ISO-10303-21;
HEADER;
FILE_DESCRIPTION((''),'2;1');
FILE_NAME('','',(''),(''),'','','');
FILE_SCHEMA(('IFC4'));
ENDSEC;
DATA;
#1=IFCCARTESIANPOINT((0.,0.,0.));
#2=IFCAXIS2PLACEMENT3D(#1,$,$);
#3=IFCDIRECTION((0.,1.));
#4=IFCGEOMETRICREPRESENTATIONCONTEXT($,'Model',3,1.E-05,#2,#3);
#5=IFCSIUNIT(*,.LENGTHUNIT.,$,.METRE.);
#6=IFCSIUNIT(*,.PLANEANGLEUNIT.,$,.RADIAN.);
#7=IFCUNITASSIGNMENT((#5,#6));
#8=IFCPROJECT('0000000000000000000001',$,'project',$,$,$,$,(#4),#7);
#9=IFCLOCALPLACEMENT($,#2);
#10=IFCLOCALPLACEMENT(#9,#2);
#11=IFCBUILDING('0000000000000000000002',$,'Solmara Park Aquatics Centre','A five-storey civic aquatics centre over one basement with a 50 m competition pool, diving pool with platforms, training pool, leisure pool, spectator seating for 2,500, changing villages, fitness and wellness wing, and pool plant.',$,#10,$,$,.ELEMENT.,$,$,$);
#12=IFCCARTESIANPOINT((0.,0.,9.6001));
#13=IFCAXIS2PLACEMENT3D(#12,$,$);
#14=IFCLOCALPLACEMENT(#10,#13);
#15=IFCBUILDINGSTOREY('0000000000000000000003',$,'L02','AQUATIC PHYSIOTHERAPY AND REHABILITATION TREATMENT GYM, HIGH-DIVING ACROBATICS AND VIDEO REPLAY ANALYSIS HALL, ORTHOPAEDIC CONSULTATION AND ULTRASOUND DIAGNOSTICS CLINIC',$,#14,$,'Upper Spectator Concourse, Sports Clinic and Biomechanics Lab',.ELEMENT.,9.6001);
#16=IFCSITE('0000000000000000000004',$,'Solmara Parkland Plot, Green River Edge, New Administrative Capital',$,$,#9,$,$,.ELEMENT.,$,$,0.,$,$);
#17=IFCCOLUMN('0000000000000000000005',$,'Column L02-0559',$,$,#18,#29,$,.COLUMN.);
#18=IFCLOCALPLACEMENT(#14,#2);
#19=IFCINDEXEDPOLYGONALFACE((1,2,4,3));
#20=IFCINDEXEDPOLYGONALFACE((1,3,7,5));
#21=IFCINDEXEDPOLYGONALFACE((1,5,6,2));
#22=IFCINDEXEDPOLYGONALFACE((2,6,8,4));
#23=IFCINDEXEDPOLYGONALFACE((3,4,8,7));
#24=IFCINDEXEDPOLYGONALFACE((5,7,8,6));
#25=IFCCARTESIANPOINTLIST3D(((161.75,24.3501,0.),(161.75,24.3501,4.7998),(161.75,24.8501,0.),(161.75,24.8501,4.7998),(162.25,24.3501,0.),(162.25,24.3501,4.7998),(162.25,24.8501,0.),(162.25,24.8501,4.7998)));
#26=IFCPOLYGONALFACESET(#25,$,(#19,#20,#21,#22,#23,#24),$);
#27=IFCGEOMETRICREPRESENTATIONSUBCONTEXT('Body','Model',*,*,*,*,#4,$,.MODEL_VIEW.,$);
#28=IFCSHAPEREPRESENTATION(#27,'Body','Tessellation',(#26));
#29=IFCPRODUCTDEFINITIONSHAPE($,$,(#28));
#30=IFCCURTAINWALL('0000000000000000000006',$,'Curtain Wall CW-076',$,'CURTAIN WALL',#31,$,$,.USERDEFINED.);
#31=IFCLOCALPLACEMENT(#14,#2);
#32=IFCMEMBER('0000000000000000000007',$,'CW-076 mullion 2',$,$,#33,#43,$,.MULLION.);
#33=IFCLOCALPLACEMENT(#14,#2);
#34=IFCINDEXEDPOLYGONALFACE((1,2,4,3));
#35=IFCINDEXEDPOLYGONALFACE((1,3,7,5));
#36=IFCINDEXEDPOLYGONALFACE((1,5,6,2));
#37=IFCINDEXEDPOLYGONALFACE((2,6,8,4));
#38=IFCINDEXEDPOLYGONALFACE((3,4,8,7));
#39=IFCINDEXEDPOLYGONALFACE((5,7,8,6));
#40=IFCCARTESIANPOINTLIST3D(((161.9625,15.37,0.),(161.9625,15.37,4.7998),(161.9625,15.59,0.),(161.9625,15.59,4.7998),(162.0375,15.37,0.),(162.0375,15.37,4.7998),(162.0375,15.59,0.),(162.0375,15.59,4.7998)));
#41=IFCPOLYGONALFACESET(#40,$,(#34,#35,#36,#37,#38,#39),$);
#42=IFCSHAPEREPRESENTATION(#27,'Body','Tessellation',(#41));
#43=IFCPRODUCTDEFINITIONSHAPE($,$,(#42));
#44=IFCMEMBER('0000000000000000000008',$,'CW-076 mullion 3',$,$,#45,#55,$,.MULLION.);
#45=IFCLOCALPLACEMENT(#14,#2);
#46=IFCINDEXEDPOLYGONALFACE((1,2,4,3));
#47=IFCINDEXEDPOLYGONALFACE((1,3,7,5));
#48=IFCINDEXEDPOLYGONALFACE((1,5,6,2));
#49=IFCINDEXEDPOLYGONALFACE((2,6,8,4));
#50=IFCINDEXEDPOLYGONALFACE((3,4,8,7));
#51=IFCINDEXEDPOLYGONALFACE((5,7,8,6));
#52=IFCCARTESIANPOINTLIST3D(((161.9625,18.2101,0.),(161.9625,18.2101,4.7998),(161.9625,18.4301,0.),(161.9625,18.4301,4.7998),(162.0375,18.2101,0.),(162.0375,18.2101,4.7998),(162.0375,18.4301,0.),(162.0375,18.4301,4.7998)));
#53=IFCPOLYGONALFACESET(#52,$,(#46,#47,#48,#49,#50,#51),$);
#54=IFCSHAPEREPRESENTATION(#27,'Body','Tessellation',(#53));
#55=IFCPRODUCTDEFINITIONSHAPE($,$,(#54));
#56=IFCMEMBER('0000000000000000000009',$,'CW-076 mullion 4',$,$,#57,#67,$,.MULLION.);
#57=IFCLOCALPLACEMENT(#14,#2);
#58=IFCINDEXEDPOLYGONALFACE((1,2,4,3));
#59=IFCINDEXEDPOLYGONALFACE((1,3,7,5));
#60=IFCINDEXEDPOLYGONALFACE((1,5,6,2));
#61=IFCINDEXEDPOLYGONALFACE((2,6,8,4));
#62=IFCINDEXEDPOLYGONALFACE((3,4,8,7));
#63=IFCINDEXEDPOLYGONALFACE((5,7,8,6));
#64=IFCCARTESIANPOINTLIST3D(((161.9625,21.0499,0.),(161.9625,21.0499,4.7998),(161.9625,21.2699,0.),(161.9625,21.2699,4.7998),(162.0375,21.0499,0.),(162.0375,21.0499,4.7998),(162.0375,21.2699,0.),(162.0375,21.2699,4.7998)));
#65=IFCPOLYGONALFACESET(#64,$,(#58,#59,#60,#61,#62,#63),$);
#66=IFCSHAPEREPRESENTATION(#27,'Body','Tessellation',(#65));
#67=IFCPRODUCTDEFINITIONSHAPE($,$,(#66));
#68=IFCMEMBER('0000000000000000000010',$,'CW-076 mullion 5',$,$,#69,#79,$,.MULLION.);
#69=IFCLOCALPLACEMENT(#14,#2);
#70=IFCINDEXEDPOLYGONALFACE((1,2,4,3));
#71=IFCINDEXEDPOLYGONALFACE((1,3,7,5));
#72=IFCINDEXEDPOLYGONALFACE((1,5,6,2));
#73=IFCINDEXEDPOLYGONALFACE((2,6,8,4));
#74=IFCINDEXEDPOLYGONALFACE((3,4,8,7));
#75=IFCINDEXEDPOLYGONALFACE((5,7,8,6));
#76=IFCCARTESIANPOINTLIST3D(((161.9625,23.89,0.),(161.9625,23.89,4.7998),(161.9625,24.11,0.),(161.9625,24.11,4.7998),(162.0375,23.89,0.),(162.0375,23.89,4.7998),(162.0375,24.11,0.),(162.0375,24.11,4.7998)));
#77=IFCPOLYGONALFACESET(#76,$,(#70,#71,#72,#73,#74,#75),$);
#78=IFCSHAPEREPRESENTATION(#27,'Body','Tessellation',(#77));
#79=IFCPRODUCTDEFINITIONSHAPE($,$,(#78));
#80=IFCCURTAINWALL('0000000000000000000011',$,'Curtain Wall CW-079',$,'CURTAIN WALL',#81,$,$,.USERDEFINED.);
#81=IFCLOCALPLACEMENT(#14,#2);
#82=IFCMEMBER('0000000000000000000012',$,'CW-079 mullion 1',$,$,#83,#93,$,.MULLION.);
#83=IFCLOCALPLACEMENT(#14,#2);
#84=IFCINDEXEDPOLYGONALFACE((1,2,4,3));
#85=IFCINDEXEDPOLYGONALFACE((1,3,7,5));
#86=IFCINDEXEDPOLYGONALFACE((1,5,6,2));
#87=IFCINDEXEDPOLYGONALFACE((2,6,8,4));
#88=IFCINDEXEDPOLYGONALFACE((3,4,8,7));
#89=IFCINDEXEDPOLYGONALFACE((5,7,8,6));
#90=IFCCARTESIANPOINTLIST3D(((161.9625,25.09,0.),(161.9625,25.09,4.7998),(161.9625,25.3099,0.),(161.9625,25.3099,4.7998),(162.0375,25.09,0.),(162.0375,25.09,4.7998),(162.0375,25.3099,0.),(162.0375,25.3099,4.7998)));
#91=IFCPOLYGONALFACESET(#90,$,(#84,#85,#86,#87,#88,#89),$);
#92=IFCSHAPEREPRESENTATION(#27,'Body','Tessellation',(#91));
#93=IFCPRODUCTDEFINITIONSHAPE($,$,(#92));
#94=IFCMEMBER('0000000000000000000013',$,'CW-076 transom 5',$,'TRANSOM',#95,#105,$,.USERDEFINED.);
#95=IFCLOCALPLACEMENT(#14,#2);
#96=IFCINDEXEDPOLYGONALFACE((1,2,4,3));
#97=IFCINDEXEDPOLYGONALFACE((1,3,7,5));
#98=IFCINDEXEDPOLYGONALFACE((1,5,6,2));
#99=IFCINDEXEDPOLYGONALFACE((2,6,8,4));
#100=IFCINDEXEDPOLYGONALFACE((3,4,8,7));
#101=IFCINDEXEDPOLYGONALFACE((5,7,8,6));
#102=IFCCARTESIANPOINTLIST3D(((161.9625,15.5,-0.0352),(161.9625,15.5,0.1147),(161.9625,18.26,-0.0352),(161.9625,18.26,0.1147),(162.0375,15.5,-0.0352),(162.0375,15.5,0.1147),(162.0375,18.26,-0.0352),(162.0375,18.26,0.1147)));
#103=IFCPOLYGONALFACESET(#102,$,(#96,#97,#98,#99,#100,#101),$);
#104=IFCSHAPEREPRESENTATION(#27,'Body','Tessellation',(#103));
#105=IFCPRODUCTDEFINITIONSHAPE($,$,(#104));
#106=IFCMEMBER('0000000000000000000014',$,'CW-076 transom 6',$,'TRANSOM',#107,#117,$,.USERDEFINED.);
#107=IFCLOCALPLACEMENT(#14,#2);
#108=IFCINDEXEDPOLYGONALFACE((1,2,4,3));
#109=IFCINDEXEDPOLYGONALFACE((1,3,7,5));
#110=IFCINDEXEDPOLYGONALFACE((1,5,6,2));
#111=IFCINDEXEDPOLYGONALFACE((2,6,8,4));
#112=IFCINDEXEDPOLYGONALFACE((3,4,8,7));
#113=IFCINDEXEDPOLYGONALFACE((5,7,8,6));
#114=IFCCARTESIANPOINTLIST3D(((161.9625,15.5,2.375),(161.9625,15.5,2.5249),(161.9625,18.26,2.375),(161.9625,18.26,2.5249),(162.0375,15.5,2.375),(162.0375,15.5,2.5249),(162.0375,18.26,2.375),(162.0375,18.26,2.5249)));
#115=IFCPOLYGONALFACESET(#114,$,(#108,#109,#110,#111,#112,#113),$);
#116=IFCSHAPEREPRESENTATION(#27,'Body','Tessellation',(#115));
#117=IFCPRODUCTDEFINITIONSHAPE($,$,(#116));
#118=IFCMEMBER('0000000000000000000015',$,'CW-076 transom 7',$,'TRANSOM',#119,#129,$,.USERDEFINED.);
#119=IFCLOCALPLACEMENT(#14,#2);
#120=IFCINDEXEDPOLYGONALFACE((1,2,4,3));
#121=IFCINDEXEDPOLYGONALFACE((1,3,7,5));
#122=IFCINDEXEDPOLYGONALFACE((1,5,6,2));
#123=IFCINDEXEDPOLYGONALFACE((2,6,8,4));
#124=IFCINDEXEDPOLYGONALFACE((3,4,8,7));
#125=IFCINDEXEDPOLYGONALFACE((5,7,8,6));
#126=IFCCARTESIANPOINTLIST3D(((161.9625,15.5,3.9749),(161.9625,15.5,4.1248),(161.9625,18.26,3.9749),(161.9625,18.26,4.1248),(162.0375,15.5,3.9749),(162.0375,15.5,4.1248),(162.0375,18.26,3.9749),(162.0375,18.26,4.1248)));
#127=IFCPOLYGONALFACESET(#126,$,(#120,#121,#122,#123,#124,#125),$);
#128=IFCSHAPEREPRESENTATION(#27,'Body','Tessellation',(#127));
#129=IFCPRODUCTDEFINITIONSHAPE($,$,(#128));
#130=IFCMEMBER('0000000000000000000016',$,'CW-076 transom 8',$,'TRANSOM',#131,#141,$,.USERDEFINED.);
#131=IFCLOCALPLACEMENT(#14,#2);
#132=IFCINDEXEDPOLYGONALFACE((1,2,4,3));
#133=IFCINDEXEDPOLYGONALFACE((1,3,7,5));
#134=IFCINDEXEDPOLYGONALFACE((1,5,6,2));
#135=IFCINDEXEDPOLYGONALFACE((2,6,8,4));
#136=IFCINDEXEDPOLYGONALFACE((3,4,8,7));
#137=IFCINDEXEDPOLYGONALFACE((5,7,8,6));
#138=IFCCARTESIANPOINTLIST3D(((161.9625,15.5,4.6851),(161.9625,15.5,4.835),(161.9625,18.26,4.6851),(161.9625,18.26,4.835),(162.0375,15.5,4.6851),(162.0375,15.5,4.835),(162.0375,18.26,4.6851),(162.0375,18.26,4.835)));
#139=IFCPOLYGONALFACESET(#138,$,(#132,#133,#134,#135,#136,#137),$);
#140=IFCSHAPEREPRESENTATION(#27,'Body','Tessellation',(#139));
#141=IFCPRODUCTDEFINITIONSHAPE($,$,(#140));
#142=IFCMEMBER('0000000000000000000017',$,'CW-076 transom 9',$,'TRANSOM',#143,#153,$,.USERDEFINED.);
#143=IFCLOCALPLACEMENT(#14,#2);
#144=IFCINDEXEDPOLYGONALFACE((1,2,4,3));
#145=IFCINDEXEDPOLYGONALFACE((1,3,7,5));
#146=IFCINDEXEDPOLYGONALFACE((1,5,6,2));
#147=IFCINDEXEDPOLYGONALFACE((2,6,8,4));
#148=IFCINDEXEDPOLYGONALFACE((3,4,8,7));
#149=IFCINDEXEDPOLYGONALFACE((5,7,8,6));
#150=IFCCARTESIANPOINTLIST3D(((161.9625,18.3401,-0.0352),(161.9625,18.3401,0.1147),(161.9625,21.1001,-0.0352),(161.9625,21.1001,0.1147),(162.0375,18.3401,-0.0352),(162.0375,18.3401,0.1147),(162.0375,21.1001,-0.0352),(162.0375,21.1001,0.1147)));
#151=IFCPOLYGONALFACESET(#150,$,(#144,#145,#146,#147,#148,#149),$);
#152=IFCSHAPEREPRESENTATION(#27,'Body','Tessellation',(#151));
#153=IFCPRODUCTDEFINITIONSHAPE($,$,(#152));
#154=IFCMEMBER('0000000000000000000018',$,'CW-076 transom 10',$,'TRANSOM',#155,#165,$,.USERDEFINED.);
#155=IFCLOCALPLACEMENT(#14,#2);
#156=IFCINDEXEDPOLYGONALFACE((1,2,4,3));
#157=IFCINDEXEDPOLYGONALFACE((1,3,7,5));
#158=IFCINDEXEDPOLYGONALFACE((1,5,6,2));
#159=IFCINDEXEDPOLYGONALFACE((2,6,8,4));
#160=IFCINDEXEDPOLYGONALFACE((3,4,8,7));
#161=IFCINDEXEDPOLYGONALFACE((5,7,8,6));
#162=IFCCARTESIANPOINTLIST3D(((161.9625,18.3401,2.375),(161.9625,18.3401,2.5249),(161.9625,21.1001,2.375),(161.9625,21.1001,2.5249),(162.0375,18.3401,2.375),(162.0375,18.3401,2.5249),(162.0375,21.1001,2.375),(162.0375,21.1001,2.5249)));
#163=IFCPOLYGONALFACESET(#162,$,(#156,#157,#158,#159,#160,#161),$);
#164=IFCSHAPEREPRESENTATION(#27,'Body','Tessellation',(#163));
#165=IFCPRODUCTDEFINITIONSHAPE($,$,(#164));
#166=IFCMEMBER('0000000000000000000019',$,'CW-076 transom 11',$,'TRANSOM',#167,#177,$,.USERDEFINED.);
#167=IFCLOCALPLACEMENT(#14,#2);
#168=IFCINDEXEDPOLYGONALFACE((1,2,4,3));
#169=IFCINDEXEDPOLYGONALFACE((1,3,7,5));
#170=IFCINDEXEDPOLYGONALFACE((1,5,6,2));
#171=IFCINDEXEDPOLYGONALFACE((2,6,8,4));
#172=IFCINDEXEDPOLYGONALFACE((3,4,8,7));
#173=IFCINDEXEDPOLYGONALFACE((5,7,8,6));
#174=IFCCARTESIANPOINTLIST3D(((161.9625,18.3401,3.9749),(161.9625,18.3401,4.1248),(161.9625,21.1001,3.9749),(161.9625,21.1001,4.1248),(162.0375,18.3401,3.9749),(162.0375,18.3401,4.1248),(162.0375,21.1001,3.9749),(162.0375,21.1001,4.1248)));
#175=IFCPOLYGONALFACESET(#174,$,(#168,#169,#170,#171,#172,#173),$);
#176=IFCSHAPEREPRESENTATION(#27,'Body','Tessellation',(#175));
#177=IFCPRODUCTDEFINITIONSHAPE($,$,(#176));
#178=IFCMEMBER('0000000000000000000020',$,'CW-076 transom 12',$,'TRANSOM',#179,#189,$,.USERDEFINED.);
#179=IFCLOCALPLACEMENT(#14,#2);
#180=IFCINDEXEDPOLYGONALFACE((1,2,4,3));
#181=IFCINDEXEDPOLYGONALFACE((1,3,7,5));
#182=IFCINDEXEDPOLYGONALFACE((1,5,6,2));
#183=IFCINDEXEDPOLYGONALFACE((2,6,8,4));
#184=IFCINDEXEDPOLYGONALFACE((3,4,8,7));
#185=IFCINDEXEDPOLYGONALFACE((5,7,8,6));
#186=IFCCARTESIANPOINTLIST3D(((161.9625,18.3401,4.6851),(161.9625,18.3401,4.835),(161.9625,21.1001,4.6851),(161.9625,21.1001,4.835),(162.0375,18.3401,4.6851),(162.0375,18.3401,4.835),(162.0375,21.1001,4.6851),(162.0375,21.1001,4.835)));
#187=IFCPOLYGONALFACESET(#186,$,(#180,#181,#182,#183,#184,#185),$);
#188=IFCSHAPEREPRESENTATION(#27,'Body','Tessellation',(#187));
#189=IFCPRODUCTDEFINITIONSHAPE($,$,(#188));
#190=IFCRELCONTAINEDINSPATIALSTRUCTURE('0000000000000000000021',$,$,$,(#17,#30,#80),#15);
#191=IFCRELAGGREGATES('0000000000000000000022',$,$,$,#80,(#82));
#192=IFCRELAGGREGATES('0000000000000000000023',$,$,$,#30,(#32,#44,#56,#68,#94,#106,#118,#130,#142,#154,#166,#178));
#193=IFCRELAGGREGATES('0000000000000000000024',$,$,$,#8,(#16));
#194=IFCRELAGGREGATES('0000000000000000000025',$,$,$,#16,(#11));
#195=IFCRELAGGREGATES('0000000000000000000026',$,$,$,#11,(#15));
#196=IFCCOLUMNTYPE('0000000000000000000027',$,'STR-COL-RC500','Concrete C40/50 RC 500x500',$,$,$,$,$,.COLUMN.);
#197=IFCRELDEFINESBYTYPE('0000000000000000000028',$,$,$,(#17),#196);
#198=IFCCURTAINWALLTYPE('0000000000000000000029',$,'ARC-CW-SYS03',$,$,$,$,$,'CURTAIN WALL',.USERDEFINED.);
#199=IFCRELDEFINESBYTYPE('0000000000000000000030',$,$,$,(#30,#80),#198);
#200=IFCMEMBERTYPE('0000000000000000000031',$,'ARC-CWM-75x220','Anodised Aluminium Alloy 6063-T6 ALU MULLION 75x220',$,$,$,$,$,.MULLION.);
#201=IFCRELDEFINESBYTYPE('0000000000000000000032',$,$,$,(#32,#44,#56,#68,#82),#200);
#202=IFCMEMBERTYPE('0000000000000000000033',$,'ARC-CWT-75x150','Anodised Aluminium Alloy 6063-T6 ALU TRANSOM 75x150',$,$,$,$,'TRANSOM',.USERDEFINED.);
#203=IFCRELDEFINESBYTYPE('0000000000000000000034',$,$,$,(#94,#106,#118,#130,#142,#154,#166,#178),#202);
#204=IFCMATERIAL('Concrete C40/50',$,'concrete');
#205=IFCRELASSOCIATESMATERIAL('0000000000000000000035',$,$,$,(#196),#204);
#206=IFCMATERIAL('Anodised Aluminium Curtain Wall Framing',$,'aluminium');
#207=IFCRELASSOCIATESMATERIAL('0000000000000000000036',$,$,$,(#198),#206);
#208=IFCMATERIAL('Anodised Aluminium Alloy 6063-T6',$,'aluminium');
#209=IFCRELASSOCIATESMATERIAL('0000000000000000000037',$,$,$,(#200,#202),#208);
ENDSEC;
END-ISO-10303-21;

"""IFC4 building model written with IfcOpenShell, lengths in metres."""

from ifc_helpers import new_model, si_unit, direction, frame, origin, origin_2d, place, context, subcontext, project, spatial, rectangle, extrude, material, material_profile, profile_set, type_object, element, aggregate, save


model = new_model("IFC4")

# Units and contexts
model_context = context("Model", 3, precision=1e-05, world=origin(), true_north=direction((0.0, 1.0)))
body_context = subcontext(model_context, "Body", "Model", "MODEL_VIEW")
ifc_project = project(units=[si_unit("LENGTHUNIT", "METRE"), si_unit("PLANEANGLEUNIT", "RADIAN")], contexts=[model_context])

# Site, building, storey
site_placement = place(None, origin())
site = spatial("IfcSite", under=ifc_project, at=site_placement, Name="Solmara Parkland Plot, Green River Edge, New Administrative Capital", CompositionType="ELEMENT", RefElevation=0.0)
building_placement = place(site_placement, origin())
building = spatial("IfcBuilding", under=site, at=building_placement, Name="Solmara Park Aquatics Centre", Description="A five-storey civic aquatics centre over one basement with a 50 m competition pool, diving pool with platforms, training pool, leisure pool, spectator seating for 2,500, changing villages, fitness and wellness wing, and pool plant.", CompositionType="ELEMENT")
storey_placement = place(building_placement, frame((0.0, 0.0, 9.6001)))
storey = spatial("IfcBuildingStorey", under=building, at=storey_placement, Name="L02", Description="AQUATIC PHYSIOTHERAPY AND REHABILITATION TREATMENT GYM, HIGH-DIVING ACROBATICS AND VIDEO REPLAY ANALYSIS HALL, ORTHOPAEDIC CONSULTATION AND ULTRASOUND DIAGNOSTICS CLINIC", LongName="Upper Spectator Concourse, Sports Clinic and Biomechanics Lab", CompositionType="ELEMENT", Elevation=9.6001)

# Column
ifc_material_1 = material(Name="Concrete C40/50", Category="concrete")
ifc_material_profile_1 = material_profile(ifc_material_1, rectangle(XDim=0.5, YDim=0.5, at=origin_2d()), Name="RC 500x500")
ifc_profile_set_1 = profile_set([ifc_material_profile_1], Name="Concrete C40/50")
column_type = type_object("IfcColumnType", Name="STR-COL-RC500", Description="Concrete C40/50 RC 500x500", PredefinedType="COLUMN", material=ifc_profile_set_1)
column_placement = place(storey_placement, frame((162.0, 24.6001, 0.0), z_axis=(0.0, 0.0, 1.0), x_axis=(1.0, 0.0, 0.0)))
element("IfcColumn", 1, at=column_placement, inside=storey, type_object=column_type, Name="Column L02-0559", PredefinedType="COLUMN", context=body_context, shape_type="SweptSolid", body=[
    extrude(rectangle(XDim=0.5, YDim=0.5, at=origin_2d()), origin(), (0.0, 0.0, 1.0), 4.7998),
])

# Curtain wall, members
ifc_material_2 = material(Name="Anodised Aluminium Curtain Wall Framing", Category="aluminium")
curtain_wall_type = type_object("IfcCurtainWallType", Name="ARC-CW-SYS03", ElementType="CURTAIN WALL", PredefinedType="USERDEFINED", material=ifc_material_2)
curtain_wall_1_placement = place(storey_placement, origin())
curtain_wall_1 = element("IfcCurtainWall", 2, at=curtain_wall_1_placement, inside=storey, type_object=curtain_wall_type, Name="Curtain Wall CW-076", ObjectType="CURTAIN WALL", PredefinedType="USERDEFINED")
ifc_material_3 = material(Name="Anodised Aluminium Alloy 6063-T6", Category="aluminium")
ifc_material_profile_2 = material_profile(ifc_material_3, rectangle(XDim=0.075, YDim=0.22, at=origin_2d()), Name="ALU MULLION 75x220")
ifc_profile_set_2 = profile_set([ifc_material_profile_2], Name="Anodised Aluminium Alloy 6063-T6")
member_type_1 = type_object("IfcMemberType", Name="ARC-CWM-75x220", Description="Anodised Aluminium Alloy 6063-T6 ALU MULLION 75x220", PredefinedType="MULLION", material=ifc_profile_set_2)
member_1_placement = place(storey_placement, frame((162.0, 15.48, 0.0), z_axis=(0.0, 0.0, 1.0), x_axis=(1.0, 0.0, 0.0)))
member_1 = element("IfcMember", 3, at=member_1_placement, type_object=member_type_1, Name="CW-076 mullion 2", PredefinedType="MULLION", context=body_context, shape_type="SweptSolid", body=[
    extrude(rectangle(XDim=0.075, YDim=0.22, at=origin_2d()), origin(), (0.0, 0.0, 1.0), 4.7998),
])
member_2_placement = place(storey_placement, frame((162.0, 18.3201, 0.0), z_axis=(0.0, 0.0, 1.0), x_axis=(1.0, 0.0, 0.0)))
member_2 = element("IfcMember", 4, at=member_2_placement, type_object=member_type_1, Name="CW-076 mullion 3", PredefinedType="MULLION", context=body_context, shape_type="SweptSolid", body=[
    extrude(rectangle(XDim=0.075, YDim=0.22, at=origin_2d()), origin(), (0.0, 0.0, 1.0), 4.7998),
])
member_3_placement = place(storey_placement, frame((162.0, 21.1599, 0.0), z_axis=(0.0, 0.0, 1.0), x_axis=(1.0, 0.0, 0.0)))
member_3 = element("IfcMember", 5, at=member_3_placement, type_object=member_type_1, Name="CW-076 mullion 4", PredefinedType="MULLION", context=body_context, shape_type="SweptSolid", body=[
    extrude(rectangle(XDim=0.075, YDim=0.22, at=origin_2d()), origin(), (0.0, 0.0, 1.0), 4.7998),
])
member_4_placement = place(storey_placement, frame((162.0, 24.0, 0.0), z_axis=(0.0, 0.0, 1.0), x_axis=(1.0, 0.0, 0.0)))
member_4 = element("IfcMember", 6, at=member_4_placement, type_object=member_type_1, Name="CW-076 mullion 5", PredefinedType="MULLION", context=body_context, shape_type="SweptSolid", body=[
    extrude(rectangle(XDim=0.075, YDim=0.22, at=origin_2d()), origin(), (0.0, 0.0, 1.0), 4.7998),
])

# Curtain wall, member
curtain_wall_2_placement = place(storey_placement, origin())
curtain_wall_2 = element("IfcCurtainWall", 7, at=curtain_wall_2_placement, inside=storey, type_object=curtain_wall_type, Name="Curtain Wall CW-079", ObjectType="CURTAIN WALL", PredefinedType="USERDEFINED")
member_5_placement = place(storey_placement, frame((162.0, 25.2, 0.0), z_axis=(0.0, 0.0, 1.0), x_axis=(1.0, 0.0, 0.0)))
member_5 = element("IfcMember", 8, at=member_5_placement, type_object=member_type_1, Name="CW-079 mullion 1", PredefinedType="MULLION", context=body_context, shape_type="SweptSolid", body=[
    extrude(rectangle(XDim=0.075, YDim=0.22, at=origin_2d()), origin(), (0.0, 0.0, 1.0), 4.7998),
])

# Members
ifc_material_profile_3 = material_profile(ifc_material_3, rectangle(XDim=0.075, YDim=0.1499, at=origin_2d()), Name="ALU TRANSOM 75x150")
ifc_profile_set_3 = profile_set([ifc_material_profile_3], Name="Anodised Aluminium Alloy 6063-T6")
member_type_2 = type_object("IfcMemberType", Name="ARC-CWT-75x150", Description="Anodised Aluminium Alloy 6063-T6 ALU TRANSOM 75x150", ElementType="TRANSOM", PredefinedType="USERDEFINED", material=ifc_profile_set_3)
member_6_placement = place(storey_placement, frame((162.0, 15.5, 0.0398), z_axis=(0.0, 1.0, 0.0), x_axis=(-1.0, 0.0, 0.0)))
member_6 = element("IfcMember", 9, at=member_6_placement, type_object=member_type_2, Name="CW-076 transom 5", ObjectType="TRANSOM", PredefinedType="USERDEFINED", context=body_context, shape_type="SweptSolid", body=[
    extrude(rectangle(XDim=0.075, YDim=0.1499, at=origin_2d()), origin(), (0.0, 0.0, 1.0), 2.76),
])
member_7_placement = place(storey_placement, frame((162.0, 15.5, 2.45), z_axis=(0.0, 1.0, 0.0), x_axis=(-1.0, 0.0, 0.0)))
member_7 = element("IfcMember", 10, at=member_7_placement, type_object=member_type_2, Name="CW-076 transom 6", ObjectType="TRANSOM", PredefinedType="USERDEFINED", context=body_context, shape_type="SweptSolid", body=[
    extrude(rectangle(XDim=0.075, YDim=0.1499, at=origin_2d()), origin(), (0.0, 0.0, 1.0), 2.76),
])
member_8_placement = place(storey_placement, frame((162.0, 15.5, 4.0498), z_axis=(0.0, 1.0, 0.0), x_axis=(-1.0, 0.0, 0.0)))
member_8 = element("IfcMember", 11, at=member_8_placement, type_object=member_type_2, Name="CW-076 transom 7", ObjectType="TRANSOM", PredefinedType="USERDEFINED", context=body_context, shape_type="SweptSolid", body=[
    extrude(rectangle(XDim=0.075, YDim=0.1499, at=origin_2d()), origin(), (0.0, 0.0, 1.0), 2.76),
])
member_9_placement = place(storey_placement, frame((162.0, 15.5, 4.76), z_axis=(0.0, 1.0, 0.0), x_axis=(-1.0, 0.0, 0.0)))
member_9 = element("IfcMember", 12, at=member_9_placement, type_object=member_type_2, Name="CW-076 transom 8", ObjectType="TRANSOM", PredefinedType="USERDEFINED", context=body_context, shape_type="SweptSolid", body=[
    extrude(rectangle(XDim=0.075, YDim=0.1499, at=origin_2d()), origin(), (0.0, 0.0, 1.0), 2.76),
])
member_10_placement = place(storey_placement, frame((162.0, 18.3401, 0.0398), z_axis=(0.0, 1.0, 0.0), x_axis=(-1.0, 0.0, 0.0)))
member_10 = element("IfcMember", 13, at=member_10_placement, type_object=member_type_2, Name="CW-076 transom 9", ObjectType="TRANSOM", PredefinedType="USERDEFINED", context=body_context, shape_type="SweptSolid", body=[
    extrude(rectangle(XDim=0.075, YDim=0.1499, at=origin_2d()), origin(), (0.0, 0.0, 1.0), 2.76),
])
member_11_placement = place(storey_placement, frame((162.0, 18.3401, 2.45), z_axis=(0.0, 1.0, 0.0), x_axis=(-1.0, 0.0, 0.0)))
member_11 = element("IfcMember", 14, at=member_11_placement, type_object=member_type_2, Name="CW-076 transom 10", ObjectType="TRANSOM", PredefinedType="USERDEFINED", context=body_context, shape_type="SweptSolid", body=[
    extrude(rectangle(XDim=0.075, YDim=0.1499, at=origin_2d()), origin(), (0.0, 0.0, 1.0), 2.76),
])
member_12_placement = place(storey_placement, frame((162.0, 18.3401, 4.0498), z_axis=(0.0, 1.0, 0.0), x_axis=(-1.0, 0.0, 0.0)))
member_12 = element("IfcMember", 15, at=member_12_placement, type_object=member_type_2, Name="CW-076 transom 11", ObjectType="TRANSOM", PredefinedType="USERDEFINED", context=body_context, shape_type="SweptSolid", body=[
    extrude(rectangle(XDim=0.075, YDim=0.1499, at=origin_2d()), origin(), (0.0, 0.0, 1.0), 2.76),
])
member_13_placement = place(storey_placement, frame((162.0, 18.3401, 4.76), z_axis=(0.0, 1.0, 0.0), x_axis=(-1.0, 0.0, 0.0)))
member_13 = element("IfcMember", 16, at=member_13_placement, type_object=member_type_2, Name="CW-076 transom 12", ObjectType="TRANSOM", PredefinedType="USERDEFINED", context=body_context, shape_type="SweptSolid", body=[
    extrude(rectangle(XDim=0.075, YDim=0.1499, at=origin_2d()), origin(), (0.0, 0.0, 1.0), 2.76),
])
aggregate(curtain_wall_2, [member_5])

aggregate(curtain_wall_1, [member_1, member_2, member_3, member_4, member_6, member_7, member_8, member_9, member_10, member_11, member_12, member_13])

save(model, "model.ifc")
